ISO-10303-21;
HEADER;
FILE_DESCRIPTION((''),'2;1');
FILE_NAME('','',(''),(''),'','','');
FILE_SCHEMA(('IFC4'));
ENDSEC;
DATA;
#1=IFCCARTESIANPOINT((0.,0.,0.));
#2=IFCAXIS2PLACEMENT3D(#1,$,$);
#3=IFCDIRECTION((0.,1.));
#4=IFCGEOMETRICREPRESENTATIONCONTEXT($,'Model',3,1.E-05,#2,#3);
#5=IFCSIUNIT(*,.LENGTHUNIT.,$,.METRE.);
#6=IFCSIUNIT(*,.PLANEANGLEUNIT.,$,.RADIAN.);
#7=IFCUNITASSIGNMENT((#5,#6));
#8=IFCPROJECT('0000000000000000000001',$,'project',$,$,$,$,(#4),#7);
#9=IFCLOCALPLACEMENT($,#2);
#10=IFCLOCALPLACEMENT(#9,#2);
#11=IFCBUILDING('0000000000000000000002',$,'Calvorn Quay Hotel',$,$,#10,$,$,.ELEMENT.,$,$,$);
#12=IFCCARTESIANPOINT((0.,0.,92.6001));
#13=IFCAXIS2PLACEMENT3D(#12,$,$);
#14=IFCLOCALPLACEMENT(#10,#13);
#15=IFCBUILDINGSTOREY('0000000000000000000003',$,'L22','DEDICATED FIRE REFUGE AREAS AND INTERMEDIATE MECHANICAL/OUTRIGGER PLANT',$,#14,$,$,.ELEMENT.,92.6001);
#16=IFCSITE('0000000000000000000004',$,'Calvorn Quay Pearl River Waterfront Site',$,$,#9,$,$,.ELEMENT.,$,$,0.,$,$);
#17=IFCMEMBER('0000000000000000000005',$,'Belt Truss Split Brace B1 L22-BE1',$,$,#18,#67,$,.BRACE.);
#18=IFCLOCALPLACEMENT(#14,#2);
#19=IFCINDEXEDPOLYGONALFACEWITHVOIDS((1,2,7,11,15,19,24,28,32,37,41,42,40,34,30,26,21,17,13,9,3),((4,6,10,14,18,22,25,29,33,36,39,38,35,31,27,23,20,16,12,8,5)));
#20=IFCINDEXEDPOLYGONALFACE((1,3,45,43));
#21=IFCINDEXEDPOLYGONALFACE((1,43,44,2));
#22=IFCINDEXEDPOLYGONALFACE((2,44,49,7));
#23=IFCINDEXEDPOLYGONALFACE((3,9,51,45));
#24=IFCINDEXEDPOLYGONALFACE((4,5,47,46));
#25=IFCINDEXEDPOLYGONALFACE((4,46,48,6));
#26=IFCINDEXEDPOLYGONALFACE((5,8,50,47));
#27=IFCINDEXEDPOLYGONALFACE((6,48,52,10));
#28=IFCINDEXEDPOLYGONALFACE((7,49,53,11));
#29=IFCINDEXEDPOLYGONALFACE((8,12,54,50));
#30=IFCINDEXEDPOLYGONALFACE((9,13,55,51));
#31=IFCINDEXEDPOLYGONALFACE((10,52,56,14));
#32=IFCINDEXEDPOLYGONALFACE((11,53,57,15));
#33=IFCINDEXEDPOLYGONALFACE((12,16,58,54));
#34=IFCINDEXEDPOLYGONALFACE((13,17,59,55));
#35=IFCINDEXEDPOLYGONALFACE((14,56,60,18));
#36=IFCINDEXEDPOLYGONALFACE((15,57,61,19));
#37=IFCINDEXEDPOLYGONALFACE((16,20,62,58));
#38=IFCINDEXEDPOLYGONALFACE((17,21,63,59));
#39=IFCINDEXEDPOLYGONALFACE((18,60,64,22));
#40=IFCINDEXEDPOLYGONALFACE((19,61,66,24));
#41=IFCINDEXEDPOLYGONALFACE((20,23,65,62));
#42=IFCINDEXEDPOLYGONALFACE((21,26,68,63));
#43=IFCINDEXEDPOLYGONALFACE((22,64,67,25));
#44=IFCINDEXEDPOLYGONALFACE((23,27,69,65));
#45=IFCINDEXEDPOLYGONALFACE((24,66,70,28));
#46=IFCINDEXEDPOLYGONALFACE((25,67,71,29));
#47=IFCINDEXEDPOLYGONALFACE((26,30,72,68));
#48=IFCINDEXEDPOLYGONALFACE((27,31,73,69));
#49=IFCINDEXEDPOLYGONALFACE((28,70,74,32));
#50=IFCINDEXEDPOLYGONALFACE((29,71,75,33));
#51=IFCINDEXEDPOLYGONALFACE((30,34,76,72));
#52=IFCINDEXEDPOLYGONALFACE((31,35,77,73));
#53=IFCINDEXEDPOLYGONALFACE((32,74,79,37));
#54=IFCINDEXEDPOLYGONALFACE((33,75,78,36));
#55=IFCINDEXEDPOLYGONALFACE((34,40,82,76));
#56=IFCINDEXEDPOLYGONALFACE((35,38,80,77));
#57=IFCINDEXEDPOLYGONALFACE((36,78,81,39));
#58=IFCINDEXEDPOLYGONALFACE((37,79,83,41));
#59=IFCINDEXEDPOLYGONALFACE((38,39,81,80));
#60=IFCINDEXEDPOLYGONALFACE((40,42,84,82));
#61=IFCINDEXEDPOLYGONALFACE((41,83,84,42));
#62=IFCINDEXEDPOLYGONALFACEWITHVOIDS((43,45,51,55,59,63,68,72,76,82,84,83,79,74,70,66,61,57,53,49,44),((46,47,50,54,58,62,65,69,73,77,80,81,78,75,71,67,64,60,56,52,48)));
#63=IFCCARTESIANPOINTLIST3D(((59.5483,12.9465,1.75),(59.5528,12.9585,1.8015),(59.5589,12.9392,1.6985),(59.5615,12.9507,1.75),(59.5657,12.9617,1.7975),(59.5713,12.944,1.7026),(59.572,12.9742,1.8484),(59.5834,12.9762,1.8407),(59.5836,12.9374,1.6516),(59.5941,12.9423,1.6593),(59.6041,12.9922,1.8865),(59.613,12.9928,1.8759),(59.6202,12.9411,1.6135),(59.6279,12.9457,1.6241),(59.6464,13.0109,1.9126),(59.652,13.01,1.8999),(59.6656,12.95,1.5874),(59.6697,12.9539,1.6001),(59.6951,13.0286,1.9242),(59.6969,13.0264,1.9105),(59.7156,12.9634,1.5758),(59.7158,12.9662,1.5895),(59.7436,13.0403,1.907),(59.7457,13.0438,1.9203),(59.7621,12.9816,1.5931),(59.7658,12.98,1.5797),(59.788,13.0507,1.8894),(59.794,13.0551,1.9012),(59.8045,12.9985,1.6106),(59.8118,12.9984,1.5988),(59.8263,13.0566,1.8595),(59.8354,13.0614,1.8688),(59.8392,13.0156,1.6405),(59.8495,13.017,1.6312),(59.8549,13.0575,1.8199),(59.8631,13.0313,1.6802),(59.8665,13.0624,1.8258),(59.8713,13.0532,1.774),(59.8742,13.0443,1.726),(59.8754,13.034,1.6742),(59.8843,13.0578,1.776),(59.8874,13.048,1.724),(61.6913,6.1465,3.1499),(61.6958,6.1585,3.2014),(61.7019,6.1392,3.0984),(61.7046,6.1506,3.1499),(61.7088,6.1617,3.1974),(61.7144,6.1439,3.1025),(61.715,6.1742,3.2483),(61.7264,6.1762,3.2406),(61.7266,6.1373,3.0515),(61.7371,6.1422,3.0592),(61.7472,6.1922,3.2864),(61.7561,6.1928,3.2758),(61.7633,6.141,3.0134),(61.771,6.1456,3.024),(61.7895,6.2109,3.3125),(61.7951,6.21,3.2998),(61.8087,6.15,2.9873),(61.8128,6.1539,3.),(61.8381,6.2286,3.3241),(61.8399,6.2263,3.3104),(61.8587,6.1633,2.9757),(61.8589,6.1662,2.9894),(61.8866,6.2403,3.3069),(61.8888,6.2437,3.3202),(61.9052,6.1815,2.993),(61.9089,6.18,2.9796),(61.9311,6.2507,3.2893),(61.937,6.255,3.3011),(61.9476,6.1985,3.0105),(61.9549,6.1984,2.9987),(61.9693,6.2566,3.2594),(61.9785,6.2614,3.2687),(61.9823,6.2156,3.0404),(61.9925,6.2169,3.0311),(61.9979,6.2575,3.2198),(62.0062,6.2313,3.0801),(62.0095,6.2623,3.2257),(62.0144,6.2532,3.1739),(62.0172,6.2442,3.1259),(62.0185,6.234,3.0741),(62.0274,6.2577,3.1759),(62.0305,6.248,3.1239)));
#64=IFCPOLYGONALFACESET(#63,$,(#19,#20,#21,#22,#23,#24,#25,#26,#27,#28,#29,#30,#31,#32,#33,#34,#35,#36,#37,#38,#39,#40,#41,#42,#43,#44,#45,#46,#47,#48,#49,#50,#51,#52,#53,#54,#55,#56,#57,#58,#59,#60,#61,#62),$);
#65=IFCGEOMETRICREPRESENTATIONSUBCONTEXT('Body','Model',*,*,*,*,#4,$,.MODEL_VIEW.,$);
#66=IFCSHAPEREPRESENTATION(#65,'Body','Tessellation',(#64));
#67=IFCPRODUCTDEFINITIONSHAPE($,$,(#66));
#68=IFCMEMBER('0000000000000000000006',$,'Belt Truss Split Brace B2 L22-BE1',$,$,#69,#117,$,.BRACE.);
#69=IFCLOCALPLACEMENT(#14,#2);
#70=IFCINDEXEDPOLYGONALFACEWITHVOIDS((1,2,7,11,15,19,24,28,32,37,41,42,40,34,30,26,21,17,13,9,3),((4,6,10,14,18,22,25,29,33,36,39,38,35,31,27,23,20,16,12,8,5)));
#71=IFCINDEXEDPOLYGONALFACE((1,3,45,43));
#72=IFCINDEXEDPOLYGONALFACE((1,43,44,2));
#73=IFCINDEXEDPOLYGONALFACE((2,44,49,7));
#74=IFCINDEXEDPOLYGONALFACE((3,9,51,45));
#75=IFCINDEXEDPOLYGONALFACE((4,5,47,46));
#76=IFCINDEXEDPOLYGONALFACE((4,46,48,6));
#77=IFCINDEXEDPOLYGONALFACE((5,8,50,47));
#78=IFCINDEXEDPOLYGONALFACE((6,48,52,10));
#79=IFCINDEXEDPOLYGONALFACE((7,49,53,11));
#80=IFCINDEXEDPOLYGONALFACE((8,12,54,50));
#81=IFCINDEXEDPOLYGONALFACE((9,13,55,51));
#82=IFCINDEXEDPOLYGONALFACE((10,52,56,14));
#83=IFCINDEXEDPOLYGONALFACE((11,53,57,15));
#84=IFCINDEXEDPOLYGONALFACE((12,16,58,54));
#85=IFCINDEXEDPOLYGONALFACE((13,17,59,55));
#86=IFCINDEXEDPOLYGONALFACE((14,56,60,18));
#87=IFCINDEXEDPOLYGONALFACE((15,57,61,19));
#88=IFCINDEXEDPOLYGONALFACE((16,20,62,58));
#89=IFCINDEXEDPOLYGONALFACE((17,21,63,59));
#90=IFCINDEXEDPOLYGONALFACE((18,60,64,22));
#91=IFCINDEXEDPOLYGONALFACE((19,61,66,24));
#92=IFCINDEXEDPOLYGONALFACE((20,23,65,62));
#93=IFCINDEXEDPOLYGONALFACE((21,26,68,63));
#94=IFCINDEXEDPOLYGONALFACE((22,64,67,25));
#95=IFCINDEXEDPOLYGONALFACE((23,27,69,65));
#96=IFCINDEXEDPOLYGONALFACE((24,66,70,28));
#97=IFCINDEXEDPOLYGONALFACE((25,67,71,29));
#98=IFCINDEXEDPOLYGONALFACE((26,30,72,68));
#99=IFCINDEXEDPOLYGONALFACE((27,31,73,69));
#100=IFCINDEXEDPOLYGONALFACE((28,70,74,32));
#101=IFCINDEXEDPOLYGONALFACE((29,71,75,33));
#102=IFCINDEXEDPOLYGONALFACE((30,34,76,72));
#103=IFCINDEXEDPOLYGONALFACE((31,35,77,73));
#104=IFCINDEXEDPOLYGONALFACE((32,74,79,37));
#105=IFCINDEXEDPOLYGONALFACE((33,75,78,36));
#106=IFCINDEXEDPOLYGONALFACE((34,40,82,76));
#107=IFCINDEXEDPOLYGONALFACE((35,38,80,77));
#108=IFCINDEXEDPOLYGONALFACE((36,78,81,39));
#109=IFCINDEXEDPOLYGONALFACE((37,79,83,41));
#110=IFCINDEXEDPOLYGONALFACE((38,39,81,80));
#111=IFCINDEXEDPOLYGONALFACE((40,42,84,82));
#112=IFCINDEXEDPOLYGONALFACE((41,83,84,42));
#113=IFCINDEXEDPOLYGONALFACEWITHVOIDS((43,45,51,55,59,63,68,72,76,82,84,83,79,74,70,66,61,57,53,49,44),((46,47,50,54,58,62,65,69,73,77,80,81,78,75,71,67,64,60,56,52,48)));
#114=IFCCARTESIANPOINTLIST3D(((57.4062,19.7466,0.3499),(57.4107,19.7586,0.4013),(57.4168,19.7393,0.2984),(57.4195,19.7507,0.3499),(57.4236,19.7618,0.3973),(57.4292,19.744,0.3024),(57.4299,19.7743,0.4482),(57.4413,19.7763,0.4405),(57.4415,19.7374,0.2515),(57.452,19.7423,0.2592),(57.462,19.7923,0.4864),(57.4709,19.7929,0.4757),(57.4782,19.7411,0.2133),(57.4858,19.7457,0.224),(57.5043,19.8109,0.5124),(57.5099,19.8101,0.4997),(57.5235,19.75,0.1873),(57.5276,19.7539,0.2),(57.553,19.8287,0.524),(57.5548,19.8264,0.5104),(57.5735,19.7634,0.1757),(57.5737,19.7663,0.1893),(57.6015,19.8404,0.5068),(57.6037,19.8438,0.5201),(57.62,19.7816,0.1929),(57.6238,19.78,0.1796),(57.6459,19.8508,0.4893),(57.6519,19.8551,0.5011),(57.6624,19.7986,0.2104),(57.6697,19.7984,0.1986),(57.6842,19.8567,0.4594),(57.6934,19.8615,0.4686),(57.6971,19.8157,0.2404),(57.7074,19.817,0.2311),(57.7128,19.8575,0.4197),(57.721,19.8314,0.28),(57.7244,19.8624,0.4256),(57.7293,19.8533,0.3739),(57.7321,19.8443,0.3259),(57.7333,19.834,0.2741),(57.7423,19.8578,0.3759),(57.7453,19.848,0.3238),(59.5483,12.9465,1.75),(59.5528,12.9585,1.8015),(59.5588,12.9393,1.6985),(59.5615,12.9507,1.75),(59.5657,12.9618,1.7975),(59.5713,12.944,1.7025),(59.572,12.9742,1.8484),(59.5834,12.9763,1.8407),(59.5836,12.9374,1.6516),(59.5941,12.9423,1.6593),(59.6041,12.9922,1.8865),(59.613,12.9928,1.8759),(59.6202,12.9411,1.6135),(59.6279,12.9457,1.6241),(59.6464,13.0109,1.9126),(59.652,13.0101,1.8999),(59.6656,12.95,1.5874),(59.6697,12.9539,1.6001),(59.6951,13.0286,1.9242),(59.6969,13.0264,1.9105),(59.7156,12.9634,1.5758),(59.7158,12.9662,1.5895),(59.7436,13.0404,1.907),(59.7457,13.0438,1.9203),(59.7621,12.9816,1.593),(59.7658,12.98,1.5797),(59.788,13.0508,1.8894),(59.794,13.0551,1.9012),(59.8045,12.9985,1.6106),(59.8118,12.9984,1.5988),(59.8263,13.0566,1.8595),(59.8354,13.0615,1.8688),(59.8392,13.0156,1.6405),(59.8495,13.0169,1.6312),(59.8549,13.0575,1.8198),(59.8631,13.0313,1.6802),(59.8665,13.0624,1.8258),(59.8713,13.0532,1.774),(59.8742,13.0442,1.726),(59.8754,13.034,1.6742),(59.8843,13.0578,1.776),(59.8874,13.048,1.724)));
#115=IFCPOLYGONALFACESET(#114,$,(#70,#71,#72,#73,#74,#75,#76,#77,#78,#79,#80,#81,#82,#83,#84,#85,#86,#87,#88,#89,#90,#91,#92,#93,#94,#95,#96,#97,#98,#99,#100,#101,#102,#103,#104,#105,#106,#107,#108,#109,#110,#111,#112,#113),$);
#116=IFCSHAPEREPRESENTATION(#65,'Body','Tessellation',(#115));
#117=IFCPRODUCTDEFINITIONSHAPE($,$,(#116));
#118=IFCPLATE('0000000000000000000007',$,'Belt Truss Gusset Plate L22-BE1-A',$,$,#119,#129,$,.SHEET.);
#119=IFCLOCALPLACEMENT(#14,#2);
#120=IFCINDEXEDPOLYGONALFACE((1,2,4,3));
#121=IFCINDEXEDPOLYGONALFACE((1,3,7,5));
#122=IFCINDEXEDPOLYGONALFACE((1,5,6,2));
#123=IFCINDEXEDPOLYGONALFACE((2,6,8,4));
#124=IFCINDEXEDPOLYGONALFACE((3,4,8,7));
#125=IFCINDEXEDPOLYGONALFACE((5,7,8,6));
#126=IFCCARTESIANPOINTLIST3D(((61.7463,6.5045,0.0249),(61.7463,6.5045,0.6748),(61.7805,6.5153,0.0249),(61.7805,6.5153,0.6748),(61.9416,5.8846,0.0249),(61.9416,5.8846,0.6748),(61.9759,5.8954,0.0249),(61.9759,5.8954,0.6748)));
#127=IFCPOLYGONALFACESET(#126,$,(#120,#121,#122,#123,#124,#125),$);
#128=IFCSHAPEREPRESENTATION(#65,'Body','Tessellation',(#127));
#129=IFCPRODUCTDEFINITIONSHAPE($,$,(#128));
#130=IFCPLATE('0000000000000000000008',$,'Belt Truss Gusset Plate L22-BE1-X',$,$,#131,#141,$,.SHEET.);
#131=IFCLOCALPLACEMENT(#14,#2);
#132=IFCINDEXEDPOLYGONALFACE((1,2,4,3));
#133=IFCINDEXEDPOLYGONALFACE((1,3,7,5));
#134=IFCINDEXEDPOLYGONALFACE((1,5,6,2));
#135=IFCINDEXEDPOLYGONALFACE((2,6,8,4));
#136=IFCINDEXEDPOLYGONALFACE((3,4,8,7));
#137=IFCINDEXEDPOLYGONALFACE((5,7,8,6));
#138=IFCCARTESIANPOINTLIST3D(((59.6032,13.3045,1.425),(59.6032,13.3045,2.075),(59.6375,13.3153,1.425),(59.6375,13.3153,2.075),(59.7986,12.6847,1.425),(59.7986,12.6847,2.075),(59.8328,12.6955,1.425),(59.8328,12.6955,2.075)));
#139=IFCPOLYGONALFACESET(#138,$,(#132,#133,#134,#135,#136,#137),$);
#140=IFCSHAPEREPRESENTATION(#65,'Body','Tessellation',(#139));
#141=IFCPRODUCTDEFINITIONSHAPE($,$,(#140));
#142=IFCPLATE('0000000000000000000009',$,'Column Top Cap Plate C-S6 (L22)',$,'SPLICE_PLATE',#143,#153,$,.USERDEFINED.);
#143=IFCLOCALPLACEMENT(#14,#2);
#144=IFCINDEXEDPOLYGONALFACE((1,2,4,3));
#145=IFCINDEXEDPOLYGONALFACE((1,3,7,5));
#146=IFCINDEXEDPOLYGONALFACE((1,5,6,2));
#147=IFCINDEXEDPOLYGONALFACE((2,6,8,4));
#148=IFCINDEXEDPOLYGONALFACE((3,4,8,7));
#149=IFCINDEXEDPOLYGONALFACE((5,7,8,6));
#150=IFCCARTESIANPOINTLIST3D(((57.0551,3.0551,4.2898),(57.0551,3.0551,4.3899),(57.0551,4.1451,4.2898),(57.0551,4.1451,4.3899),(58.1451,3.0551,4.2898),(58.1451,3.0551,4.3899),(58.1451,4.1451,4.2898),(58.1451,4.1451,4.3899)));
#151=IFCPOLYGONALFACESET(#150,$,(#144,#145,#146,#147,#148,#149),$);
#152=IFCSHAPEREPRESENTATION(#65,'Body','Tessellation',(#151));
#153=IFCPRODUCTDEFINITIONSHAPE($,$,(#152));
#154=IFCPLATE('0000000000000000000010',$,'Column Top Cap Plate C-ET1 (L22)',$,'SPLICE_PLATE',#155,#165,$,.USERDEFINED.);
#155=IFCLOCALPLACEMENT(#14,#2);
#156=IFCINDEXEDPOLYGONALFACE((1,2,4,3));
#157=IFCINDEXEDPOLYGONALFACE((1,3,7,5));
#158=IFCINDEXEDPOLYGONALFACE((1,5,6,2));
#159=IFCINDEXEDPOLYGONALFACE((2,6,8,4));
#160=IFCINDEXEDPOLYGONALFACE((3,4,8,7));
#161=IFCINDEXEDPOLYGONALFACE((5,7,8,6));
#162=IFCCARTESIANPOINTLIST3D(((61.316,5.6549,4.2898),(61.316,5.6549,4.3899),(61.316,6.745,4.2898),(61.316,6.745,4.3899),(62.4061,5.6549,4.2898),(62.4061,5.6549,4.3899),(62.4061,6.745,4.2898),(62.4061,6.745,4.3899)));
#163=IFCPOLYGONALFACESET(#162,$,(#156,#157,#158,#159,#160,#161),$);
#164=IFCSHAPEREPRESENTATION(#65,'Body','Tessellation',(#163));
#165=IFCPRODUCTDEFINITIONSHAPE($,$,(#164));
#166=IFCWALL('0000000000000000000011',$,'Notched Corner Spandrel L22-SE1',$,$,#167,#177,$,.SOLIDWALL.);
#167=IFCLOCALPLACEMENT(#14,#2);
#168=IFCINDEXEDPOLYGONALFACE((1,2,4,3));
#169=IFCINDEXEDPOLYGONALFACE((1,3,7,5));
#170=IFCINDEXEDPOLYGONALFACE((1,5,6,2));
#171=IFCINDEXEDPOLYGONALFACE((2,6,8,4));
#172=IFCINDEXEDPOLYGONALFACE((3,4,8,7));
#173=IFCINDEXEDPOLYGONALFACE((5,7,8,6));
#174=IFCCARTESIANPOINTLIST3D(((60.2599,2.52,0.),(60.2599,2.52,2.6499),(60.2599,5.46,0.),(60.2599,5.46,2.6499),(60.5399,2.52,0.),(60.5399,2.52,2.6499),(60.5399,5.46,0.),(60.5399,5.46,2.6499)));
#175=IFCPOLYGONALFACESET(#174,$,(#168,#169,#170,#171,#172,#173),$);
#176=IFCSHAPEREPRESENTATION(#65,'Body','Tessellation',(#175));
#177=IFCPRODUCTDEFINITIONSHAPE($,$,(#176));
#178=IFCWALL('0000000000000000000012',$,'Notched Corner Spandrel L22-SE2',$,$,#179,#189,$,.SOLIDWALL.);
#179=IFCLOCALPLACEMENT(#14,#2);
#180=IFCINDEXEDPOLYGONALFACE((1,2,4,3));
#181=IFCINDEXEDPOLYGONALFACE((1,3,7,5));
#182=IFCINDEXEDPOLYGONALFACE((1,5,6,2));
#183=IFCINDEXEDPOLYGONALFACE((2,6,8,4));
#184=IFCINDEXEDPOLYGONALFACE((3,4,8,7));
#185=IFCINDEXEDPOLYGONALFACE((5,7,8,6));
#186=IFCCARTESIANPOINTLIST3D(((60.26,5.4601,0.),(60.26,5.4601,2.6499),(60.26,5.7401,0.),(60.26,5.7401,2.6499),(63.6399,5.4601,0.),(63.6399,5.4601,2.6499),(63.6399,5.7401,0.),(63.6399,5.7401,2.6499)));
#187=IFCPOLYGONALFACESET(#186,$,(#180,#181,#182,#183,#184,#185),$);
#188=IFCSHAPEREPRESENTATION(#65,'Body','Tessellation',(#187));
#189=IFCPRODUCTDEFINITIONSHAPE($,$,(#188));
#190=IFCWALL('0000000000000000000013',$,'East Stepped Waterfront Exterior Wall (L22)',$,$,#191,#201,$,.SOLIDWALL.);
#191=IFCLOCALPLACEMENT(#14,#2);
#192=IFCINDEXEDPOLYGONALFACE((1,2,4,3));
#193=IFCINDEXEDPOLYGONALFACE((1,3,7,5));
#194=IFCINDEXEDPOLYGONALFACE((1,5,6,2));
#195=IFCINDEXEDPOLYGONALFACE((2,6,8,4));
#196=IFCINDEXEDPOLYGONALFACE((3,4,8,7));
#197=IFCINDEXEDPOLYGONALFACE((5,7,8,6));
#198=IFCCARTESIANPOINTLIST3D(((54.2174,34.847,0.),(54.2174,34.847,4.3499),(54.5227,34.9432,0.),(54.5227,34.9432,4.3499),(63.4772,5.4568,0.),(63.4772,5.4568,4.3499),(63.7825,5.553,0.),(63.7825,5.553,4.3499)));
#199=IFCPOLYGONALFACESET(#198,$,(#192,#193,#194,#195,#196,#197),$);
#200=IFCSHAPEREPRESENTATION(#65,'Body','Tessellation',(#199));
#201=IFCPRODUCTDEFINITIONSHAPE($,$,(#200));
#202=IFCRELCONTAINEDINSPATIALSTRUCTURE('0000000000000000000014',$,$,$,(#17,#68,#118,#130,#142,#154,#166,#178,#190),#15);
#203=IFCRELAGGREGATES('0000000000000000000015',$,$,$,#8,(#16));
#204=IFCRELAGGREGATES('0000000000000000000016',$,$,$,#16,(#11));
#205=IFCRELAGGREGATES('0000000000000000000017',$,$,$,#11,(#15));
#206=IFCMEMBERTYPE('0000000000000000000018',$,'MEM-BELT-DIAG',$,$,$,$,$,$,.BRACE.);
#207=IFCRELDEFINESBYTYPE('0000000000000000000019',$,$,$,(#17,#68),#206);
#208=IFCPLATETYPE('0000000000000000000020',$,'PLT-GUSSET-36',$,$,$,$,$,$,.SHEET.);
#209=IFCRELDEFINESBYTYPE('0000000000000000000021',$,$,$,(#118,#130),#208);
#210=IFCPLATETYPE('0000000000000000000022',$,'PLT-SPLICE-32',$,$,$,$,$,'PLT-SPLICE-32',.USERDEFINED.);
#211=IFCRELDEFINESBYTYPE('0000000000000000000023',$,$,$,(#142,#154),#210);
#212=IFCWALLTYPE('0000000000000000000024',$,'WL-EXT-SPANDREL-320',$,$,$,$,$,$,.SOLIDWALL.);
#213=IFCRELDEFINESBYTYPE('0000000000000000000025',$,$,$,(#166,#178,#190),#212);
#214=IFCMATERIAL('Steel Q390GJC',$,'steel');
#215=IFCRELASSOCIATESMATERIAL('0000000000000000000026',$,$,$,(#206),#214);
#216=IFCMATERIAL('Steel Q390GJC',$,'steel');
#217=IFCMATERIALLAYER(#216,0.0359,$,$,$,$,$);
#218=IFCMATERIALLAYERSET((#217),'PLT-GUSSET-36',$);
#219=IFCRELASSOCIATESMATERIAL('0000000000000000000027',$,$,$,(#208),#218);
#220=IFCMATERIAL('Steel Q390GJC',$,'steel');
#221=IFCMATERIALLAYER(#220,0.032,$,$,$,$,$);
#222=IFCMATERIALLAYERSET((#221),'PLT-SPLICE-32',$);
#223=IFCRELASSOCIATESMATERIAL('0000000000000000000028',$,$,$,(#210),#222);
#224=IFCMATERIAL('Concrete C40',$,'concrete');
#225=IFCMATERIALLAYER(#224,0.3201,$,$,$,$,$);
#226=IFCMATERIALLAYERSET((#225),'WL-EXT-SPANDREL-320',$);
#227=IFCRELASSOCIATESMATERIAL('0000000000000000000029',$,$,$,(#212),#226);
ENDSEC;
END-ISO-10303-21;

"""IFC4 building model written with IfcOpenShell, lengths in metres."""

from ifc_helpers import new_model, si_unit, direction, frame, frame_2d, origin, origin_2d, place, context, subcontext, project, spatial, rectangle, hollow_circle, extrude, material, layer, layer_set, material_profile, profile_set, type_object, element, save


model = new_model("IFC4")

# Units and contexts
model_context = context("Model", 3, precision=1e-05, world=origin(), true_north=direction((0.0, 1.0)))
body_context = subcontext(model_context, "Body", "Model", "MODEL_VIEW")
ifc_project = project(units=[si_unit("LENGTHUNIT", "METRE"), si_unit("PLANEANGLEUNIT", "RADIAN")], contexts=[model_context])

# Site, building, storey
site_placement = place(None, origin())
site = spatial("IfcSite", under=ifc_project, at=site_placement, Name="Calvorn Quay Pearl River Waterfront Site", CompositionType="ELEMENT", RefElevation=0.0)
building_placement = place(site_placement, origin())
building = spatial("IfcBuilding", under=site, at=building_placement, Name="Calvorn Quay Hotel", CompositionType="ELEMENT")
storey_placement = place(building_placement, frame((0.0, 0.0, 92.6001)))
storey = spatial("IfcBuildingStorey", under=building, at=storey_placement, Name="L22", Description="DEDICATED FIRE REFUGE AREAS AND INTERMEDIATE MECHANICAL/OUTRIGGER PLANT", CompositionType="ELEMENT", Elevation=92.6001)

# Members
ifc_material_1 = material(Name="Steel Q390GJC", Category="steel")
ifc_material_profile_1 = material_profile(ifc_material_1, hollow_circle(Radius=0.178, WallThickness=0.0139, at=origin_2d()), Name="CHS356x14")
ifc_profile_set_1 = profile_set([ifc_material_profile_1], Name="Steel Q390GJC")
member_type_1 = type_object("IfcMemberType", Name="MEM-BELT-DIAG", PredefinedType="BRACE", material=ifc_profile_set_1)
member_1_placement = place(storey_placement, frame((61.8611, 6.2, 3.1499), z_axis=(-0.294949, 0.935887, -0.192668), x_axis=(-0.953756, -0.300581, 0.0)))
element("IfcMember", 1, at=member_1_placement, inside=storey, type_object=member_type_1, Name="Belt Truss Split Brace B1 L22-BE1", PredefinedType="BRACE", context=body_context, shape_type="SweptSolid", body=[
    extrude(hollow_circle(Radius=0.178, WallThickness=0.0139, at=origin_2d()), origin(), (0.0, 0.0, 1.0), 7.2659),
])
member_2_placement = place(storey_placement, frame((59.718, 13.0, 1.75), z_axis=(-0.294824, 0.935918, -0.192708), x_axis=(-0.953796, -0.300456, 0.0)))
element("IfcMember", 2, at=member_2_placement, inside=storey, type_object=member_type_1, Name="Belt Truss Split Brace B2 L22-BE1", PredefinedType="BRACE", context=body_context, shape_type="SweptSolid", body=[
    extrude(hollow_circle(Radius=0.178, WallThickness=0.0139, at=origin_2d()), origin(), (0.0, 0.0, 1.0), 7.2656),
])

# Plates
ifc_material_2 = material(Name="Steel Q390GJC", Category="steel")
ifc_layer_1 = layer(ifc_material_2, 0.0359)
ifc_layer_set_1 = layer_set([ifc_layer_1], Name="PLT-GUSSET-36")
plate_type_1 = type_object("IfcPlateType", Name="PLT-GUSSET-36", PredefinedType="SHEET", material=ifc_layer_set_1)
for number, where, z_axis, x_axis, name in (
    (3, (61.8611, 6.2, 0.0249), (0.0, 0.0, 1.0), (-0.300539, 0.953769, 0.0), "Belt Truss Gusset Plate L22-BE1-A"),
    (4, (59.718, 13.0, 1.425), (0.0, 0.0, 1.0), (-0.300539, 0.953769, 0.0), "Belt Truss Gusset Plate L22-BE1-X"),
):
    element("IfcPlate", number, at=place(storey_placement, frame(where, z_axis=z_axis, x_axis=x_axis)), inside=storey, type_object=plate_type_1, Name=name, PredefinedType="SHEET", context=body_context, shape_type="SweptSolid", body=[
        extrude(rectangle(XDim=0.6499, YDim=0.0359, at=origin_2d()), origin(), (0.0, 0.0, 1.0), 0.6499),
    ])
ifc_material_3 = material(Name="Steel Q390GJC", Category="steel")
ifc_layer_2 = layer(ifc_material_3, 0.032)
ifc_layer_set_2 = layer_set([ifc_layer_2], Name="PLT-SPLICE-32")
plate_type_2 = type_object("IfcPlateType", Name="PLT-SPLICE-32", ElementType="PLT-SPLICE-32", PredefinedType="USERDEFINED", material=ifc_layer_set_2)
for number, where, z_axis, x_axis, name in (
    (5, (57.6001, 3.6001, 4.2898), (0.0, 0.0, 1.0), (1.0, 0.0, 0.0), "Column Top Cap Plate C-S6 (L22)"),
    (6, (61.8611, 6.2, 4.2898), (0.0, 0.0, 1.0), (1.0, 0.0, 0.0), "Column Top Cap Plate C-ET1 (L22)"),
):
    element("IfcPlate", number, at=place(storey_placement, frame(where, z_axis=z_axis, x_axis=x_axis)), inside=storey, type_object=plate_type_2, Name=name, ObjectType="SPLICE_PLATE", PredefinedType="USERDEFINED", context=body_context, shape_type="SweptSolid", body=[
        extrude(rectangle(XDim=1.0901, YDim=1.0901, at=origin_2d()), origin(), (0.0, 0.0, 1.0), 0.1001),
    ])

# Walls
ifc_material_4 = material(Name="Concrete C40", Category="concrete")
ifc_layer_3 = layer(ifc_material_4, 0.3201)
ifc_layer_set_3 = layer_set([ifc_layer_3], Name="WL-EXT-SPANDREL-320")
wall_type = type_object("IfcWallType", Name="WL-EXT-SPANDREL-320", PredefinedType="SOLIDWALL", material=ifc_layer_set_3)
wall_1_placement = place(storey_placement, frame((60.3999, 2.52, 0.0), z_axis=(0.0, 0.0, 1.0), x_axis=(0.0, 1.0, 0.0)))
element("IfcWall", 7, at=wall_1_placement, inside=storey, type_object=wall_type, Name="Notched Corner Spandrel L22-SE1", PredefinedType="SOLIDWALL", context=body_context, shape_type="SweptSolid", body=[
    extrude(rectangle(XDim=2.9399, YDim=0.28, at=frame_2d((1.47, 0.0))), origin(), (0.0, 0.0, 1.0), 2.6499),
])
wall_2_placement = place(storey_placement, frame((60.26, 5.6001, 0.0), z_axis=(0.0, 0.0, 1.0), x_axis=(1.0, 0.0, 0.0)))
element("IfcWall", 8, at=wall_2_placement, inside=storey, type_object=wall_type, Name="Notched Corner Spandrel L22-SE2", PredefinedType="SOLIDWALL", context=body_context, shape_type="SweptSolid", body=[
    extrude(rectangle(XDim=3.3799, YDim=0.28, at=frame_2d((1.6899, 0.0))), origin(), (0.0, 0.0, 1.0), 2.6499),
])
wall_3_placement = place(storey_placement, frame((63.6299, 5.5049, 0.0), z_axis=(0.0, 0.0, 1.0), x_axis=(-0.300502, 0.953781, 0.0)))
element("IfcWall", 9, at=wall_3_placement, inside=storey, type_object=wall_type, Name="East Stepped Waterfront Exterior Wall (L22)", PredefinedType="SOLIDWALL", context=body_context, shape_type="SweptSolid", body=[
    extrude(rectangle(XDim=30.8145, YDim=0.3201, at=frame_2d((15.4072, 0.0))), origin(), (0.0, 0.0, 1.0), 4.3499),
])

save(model, "model.ifc")
